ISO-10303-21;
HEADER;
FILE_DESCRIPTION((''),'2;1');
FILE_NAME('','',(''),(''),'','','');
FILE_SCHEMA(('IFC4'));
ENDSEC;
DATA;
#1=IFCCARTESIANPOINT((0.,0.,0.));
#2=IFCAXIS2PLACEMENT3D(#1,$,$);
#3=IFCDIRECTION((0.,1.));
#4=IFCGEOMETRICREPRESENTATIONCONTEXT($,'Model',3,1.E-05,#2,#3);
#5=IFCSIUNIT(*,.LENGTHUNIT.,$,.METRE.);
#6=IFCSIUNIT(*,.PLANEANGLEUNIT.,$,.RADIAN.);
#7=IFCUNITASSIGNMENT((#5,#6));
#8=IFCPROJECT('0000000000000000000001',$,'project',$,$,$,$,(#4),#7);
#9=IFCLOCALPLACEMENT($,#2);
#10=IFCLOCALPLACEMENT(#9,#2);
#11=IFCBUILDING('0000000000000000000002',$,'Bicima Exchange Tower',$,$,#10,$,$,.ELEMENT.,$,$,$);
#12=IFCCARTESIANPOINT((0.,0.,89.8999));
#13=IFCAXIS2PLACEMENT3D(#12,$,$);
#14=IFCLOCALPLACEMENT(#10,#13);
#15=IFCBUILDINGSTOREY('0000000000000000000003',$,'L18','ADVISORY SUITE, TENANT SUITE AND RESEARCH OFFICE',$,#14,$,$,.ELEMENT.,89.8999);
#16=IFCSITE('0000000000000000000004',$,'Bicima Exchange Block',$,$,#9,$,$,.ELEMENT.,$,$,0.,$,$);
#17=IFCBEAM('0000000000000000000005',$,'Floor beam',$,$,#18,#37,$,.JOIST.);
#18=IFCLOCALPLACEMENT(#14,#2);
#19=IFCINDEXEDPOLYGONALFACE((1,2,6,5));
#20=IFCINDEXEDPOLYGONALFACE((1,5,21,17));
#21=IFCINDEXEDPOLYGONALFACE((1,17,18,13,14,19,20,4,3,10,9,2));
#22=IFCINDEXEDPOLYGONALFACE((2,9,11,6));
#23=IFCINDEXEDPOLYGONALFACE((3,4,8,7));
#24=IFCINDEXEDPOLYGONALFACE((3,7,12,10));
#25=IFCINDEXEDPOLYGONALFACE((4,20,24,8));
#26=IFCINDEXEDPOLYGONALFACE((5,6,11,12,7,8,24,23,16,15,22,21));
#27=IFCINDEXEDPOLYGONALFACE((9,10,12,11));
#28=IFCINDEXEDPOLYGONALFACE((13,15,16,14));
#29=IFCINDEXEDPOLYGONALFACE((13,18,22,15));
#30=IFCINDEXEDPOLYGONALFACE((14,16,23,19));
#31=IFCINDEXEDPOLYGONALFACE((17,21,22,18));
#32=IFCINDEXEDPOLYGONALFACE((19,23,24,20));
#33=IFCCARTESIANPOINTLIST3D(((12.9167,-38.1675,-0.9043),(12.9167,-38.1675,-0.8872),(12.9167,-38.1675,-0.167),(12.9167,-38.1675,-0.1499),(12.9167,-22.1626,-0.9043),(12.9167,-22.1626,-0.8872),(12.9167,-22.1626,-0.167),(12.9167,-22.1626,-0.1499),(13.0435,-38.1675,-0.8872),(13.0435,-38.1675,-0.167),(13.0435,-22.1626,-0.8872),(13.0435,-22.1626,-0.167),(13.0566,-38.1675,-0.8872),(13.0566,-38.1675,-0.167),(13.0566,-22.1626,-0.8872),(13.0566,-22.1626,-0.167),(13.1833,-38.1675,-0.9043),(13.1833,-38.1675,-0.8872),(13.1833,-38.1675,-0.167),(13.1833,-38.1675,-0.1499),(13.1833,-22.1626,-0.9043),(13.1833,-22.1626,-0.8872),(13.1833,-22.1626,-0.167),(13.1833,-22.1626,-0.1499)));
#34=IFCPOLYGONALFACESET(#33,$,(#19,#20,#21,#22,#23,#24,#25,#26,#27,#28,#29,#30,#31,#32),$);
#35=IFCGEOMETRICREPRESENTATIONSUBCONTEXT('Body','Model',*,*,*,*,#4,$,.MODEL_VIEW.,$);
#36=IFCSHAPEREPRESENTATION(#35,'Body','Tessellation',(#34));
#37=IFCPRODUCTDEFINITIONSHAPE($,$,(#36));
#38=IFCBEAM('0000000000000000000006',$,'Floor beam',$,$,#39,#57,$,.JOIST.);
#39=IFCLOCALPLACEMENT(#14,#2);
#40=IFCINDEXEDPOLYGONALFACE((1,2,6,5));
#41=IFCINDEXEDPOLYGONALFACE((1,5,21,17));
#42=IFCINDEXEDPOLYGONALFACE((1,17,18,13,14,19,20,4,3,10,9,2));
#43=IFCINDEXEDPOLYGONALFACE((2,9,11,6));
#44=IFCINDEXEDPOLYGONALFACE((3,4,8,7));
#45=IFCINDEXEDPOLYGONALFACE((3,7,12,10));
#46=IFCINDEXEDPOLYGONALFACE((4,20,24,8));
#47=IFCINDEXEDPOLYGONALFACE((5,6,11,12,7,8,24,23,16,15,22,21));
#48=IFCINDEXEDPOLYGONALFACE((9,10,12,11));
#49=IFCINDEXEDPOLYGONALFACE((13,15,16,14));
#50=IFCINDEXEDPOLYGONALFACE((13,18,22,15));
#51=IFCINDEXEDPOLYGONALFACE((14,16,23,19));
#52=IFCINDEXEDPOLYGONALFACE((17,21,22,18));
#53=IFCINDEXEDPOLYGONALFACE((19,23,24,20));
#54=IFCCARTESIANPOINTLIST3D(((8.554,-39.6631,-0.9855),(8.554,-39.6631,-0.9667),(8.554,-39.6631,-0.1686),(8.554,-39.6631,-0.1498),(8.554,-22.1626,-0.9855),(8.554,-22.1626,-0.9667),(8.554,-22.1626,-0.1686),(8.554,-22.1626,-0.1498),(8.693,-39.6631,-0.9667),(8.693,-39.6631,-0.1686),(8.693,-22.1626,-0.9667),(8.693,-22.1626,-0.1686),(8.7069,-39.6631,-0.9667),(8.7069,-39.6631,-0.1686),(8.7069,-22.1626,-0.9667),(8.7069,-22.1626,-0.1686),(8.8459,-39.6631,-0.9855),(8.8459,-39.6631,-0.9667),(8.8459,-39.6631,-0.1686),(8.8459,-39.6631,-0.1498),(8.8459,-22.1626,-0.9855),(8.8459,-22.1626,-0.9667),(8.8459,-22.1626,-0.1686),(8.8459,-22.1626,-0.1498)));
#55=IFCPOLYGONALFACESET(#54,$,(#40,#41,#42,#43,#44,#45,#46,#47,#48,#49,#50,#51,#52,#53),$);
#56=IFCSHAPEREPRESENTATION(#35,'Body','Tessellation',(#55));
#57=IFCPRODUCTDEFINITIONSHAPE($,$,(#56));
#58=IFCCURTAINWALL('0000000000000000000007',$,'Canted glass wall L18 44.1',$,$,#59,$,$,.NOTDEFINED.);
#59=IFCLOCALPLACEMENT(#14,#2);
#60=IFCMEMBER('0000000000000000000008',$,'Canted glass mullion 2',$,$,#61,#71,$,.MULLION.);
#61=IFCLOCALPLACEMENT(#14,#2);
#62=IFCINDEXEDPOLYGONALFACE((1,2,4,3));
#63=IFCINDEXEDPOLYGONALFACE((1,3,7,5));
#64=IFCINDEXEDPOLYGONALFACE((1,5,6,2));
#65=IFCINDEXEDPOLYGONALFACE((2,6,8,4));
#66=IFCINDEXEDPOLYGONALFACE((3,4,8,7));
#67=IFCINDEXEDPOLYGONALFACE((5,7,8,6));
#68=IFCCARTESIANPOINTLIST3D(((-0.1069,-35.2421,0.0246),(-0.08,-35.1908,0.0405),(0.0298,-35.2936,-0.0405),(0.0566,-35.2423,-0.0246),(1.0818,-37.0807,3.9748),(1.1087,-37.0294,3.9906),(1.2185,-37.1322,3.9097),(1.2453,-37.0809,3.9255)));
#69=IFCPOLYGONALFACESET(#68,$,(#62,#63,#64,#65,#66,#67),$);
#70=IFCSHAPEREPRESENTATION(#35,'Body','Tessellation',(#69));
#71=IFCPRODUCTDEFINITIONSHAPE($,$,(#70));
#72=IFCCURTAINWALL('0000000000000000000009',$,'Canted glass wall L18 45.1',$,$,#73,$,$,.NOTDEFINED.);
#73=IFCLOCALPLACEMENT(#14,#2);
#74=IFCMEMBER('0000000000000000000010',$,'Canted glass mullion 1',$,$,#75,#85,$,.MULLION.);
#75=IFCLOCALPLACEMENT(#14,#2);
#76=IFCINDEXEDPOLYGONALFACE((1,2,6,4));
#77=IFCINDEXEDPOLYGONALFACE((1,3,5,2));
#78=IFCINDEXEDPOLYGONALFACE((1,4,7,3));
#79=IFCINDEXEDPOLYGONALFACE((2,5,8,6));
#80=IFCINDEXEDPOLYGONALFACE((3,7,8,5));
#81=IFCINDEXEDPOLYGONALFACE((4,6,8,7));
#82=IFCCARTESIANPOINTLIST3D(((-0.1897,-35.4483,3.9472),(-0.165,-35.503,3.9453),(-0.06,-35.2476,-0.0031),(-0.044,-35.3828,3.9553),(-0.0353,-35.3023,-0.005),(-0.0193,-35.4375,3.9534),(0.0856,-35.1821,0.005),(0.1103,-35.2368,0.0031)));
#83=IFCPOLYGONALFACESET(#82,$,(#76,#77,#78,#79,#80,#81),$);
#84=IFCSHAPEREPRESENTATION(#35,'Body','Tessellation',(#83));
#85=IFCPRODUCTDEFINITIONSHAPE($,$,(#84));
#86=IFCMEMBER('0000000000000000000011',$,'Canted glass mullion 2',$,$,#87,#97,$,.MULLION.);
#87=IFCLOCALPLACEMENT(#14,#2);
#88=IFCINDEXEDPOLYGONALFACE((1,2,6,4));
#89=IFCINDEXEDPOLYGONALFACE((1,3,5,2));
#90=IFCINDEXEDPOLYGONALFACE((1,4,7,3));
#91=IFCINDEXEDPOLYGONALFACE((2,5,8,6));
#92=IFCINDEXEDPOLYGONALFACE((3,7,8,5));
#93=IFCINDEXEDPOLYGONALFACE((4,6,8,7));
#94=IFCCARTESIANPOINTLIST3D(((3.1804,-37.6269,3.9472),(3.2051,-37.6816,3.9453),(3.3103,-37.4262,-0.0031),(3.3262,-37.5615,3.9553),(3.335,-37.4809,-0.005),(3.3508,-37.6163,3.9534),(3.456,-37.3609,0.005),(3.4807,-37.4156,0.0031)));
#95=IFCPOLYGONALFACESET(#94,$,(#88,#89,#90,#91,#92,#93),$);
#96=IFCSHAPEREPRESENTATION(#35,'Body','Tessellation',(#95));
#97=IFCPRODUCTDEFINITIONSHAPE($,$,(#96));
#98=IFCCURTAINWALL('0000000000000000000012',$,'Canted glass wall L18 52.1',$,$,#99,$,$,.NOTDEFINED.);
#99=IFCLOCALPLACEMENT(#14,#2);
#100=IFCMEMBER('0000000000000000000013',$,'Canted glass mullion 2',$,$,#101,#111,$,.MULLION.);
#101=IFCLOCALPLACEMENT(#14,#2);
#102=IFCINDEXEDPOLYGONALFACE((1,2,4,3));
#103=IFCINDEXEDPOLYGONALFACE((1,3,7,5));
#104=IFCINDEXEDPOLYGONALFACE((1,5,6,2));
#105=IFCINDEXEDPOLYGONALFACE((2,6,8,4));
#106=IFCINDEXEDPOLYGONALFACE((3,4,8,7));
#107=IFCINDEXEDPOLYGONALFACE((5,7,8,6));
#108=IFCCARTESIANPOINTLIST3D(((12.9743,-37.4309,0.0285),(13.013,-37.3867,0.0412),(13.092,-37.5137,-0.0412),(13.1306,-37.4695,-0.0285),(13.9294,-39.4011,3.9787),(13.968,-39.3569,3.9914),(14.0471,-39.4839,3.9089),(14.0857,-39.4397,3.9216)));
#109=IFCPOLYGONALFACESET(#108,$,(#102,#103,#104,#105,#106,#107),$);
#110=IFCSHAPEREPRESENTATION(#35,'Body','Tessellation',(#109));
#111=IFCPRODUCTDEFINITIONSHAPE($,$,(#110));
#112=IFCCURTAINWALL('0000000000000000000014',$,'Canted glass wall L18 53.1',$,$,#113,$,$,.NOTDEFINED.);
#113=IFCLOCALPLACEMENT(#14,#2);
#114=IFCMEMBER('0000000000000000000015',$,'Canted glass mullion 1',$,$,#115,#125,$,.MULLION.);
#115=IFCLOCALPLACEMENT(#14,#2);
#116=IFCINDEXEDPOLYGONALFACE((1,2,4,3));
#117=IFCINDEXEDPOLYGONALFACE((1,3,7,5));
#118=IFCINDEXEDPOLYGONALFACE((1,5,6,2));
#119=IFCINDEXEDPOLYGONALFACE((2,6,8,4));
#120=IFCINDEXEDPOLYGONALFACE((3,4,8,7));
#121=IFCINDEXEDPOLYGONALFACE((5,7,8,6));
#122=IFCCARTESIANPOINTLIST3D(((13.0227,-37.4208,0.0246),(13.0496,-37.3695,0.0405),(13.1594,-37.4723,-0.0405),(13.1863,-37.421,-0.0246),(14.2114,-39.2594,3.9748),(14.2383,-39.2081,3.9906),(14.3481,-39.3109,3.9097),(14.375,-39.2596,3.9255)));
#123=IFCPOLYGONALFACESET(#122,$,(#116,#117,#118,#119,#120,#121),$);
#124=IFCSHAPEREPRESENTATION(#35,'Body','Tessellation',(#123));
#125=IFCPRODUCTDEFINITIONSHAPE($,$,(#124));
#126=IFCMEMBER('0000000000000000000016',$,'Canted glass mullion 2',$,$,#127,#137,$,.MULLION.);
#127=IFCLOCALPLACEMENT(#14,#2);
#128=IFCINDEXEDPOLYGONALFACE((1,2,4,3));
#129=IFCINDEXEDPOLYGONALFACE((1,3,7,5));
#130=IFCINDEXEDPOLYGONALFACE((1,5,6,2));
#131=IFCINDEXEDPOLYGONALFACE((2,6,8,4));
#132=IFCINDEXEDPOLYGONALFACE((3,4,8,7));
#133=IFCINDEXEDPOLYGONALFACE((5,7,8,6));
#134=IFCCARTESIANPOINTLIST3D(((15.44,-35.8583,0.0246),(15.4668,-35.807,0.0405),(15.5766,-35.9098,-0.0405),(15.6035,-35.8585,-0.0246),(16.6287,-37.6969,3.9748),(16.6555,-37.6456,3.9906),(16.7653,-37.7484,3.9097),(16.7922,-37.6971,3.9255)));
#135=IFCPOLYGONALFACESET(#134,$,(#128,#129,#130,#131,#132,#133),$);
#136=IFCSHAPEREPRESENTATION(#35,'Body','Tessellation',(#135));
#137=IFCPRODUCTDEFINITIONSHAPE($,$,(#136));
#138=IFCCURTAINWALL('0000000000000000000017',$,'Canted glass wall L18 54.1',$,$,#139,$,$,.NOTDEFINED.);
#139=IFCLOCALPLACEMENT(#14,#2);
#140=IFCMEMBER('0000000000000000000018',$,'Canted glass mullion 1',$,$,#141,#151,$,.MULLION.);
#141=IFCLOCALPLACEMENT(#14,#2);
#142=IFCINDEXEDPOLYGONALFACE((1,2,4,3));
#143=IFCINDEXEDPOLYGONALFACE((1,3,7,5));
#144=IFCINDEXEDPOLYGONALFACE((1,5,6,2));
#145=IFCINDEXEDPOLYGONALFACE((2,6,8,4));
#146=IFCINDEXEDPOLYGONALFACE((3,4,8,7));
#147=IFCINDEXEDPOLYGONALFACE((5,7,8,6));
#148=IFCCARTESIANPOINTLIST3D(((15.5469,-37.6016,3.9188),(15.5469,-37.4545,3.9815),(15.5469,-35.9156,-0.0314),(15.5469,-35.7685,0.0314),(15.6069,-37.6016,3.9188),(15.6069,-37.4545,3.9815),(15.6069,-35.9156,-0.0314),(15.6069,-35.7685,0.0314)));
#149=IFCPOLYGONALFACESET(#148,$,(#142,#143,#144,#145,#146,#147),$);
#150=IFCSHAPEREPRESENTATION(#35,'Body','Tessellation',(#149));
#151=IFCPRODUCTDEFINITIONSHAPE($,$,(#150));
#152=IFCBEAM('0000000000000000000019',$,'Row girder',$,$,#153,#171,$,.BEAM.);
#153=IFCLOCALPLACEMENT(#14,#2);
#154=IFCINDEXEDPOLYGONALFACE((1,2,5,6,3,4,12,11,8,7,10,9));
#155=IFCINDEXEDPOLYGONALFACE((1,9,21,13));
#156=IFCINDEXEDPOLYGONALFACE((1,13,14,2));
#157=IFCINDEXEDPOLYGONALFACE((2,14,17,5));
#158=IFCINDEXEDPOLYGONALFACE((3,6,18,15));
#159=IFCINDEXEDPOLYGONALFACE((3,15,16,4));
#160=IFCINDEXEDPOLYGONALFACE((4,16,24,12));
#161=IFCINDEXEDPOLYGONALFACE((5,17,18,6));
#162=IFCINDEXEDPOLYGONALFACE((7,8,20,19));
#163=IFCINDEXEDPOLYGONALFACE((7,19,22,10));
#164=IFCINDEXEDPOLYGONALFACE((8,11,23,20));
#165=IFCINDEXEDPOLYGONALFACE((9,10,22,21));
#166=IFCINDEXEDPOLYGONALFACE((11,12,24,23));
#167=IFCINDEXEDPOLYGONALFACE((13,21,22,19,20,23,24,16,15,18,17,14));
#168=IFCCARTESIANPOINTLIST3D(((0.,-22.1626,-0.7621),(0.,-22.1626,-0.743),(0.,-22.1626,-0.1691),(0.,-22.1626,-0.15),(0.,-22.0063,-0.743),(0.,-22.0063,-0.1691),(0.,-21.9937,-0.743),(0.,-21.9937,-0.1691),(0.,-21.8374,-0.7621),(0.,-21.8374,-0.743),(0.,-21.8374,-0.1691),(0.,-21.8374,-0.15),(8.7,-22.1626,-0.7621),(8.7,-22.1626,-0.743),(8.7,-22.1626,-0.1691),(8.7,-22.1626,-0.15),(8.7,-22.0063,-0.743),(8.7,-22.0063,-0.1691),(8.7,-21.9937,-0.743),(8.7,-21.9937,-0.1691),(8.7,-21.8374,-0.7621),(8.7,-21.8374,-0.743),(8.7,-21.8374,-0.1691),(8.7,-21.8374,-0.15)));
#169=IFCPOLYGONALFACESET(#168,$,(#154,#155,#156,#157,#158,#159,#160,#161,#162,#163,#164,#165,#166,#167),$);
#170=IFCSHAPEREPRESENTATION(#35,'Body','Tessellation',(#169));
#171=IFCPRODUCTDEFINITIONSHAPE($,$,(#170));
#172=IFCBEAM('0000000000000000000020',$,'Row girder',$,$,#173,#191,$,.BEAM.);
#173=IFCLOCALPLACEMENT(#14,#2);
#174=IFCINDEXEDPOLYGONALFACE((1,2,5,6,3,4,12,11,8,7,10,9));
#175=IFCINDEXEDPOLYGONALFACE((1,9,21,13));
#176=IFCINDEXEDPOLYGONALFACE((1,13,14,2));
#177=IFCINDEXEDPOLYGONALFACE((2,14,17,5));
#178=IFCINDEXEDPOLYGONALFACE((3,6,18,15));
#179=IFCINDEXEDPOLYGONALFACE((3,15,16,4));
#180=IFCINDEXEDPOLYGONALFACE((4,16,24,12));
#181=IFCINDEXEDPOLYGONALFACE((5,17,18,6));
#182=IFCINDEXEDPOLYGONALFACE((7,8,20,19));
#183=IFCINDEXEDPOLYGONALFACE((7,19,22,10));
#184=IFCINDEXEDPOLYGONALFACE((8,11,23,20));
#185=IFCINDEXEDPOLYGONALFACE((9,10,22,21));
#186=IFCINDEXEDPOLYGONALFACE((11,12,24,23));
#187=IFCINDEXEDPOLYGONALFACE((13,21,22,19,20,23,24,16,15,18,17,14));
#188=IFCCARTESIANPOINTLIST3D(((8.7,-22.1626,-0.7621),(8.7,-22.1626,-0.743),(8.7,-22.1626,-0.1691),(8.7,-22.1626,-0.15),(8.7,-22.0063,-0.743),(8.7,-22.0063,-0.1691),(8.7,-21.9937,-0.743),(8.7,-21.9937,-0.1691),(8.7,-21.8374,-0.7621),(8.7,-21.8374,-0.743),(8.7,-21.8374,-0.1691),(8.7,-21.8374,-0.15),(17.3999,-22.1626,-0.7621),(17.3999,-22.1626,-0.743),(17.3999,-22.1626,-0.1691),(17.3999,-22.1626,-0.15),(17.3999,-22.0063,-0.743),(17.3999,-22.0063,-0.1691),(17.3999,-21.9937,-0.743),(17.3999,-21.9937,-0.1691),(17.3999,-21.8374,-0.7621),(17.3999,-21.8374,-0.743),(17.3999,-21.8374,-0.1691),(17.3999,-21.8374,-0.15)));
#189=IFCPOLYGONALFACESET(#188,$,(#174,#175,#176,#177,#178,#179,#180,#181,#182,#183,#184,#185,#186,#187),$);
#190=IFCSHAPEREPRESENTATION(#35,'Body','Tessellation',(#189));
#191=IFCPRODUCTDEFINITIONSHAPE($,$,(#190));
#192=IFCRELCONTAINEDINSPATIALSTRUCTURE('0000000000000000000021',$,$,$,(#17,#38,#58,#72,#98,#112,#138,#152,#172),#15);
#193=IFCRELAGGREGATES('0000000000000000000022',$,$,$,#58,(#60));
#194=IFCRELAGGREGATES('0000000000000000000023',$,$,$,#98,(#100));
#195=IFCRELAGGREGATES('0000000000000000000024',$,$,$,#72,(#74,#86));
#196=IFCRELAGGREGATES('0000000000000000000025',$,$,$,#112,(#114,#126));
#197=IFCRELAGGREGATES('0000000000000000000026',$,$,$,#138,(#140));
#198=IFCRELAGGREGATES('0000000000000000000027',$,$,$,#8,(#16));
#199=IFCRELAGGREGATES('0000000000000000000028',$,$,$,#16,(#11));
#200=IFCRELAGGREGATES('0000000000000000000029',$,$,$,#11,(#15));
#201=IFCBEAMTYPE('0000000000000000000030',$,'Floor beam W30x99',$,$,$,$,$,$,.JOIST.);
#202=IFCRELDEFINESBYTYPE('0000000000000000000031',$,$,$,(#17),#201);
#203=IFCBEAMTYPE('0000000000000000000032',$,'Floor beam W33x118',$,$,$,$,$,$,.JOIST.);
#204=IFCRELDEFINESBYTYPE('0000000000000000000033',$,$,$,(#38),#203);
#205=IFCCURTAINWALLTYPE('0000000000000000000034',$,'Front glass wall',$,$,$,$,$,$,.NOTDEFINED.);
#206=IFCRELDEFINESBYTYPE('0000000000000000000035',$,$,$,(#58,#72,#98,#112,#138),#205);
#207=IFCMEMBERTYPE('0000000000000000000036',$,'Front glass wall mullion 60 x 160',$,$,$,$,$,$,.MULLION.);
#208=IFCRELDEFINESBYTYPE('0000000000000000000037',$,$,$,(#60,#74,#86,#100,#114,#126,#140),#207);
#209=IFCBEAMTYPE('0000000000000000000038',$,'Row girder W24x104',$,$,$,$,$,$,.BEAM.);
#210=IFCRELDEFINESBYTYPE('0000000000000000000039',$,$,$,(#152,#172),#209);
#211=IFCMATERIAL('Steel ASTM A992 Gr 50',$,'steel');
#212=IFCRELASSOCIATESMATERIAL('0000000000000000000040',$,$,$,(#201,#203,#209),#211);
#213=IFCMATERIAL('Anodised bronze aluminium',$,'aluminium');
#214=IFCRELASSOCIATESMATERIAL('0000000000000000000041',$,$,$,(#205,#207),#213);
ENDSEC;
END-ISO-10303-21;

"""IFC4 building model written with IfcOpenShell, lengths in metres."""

from ifc_helpers import new_model, si_unit, direction, frame, origin, origin_2d, place, context, subcontext, project, spatial, rectangle, i_section, extrude, material, material_profile, profile_set, type_object, element, aggregate, save


model = new_model("IFC4")

# Units and contexts
model_context = context("Model", 3, precision=1e-05, world=origin(), true_north=direction((0.0, 1.0)))
body_context = subcontext(model_context, "Body", "Model", "MODEL_VIEW")
ifc_project = project(units=[si_unit("LENGTHUNIT", "METRE"), si_unit("PLANEANGLEUNIT", "RADIAN")], contexts=[model_context])

# Site, building, storey
site_placement = place(None, origin())
site = spatial("IfcSite", under=ifc_project, at=site_placement, Name="Bicima Exchange Block", CompositionType="ELEMENT", RefElevation=0.0)
building_placement = place(site_placement, origin())
building = spatial("IfcBuilding", under=site, at=building_placement, Name="Bicima Exchange Tower", CompositionType="ELEMENT")
storey_placement = place(building_placement, frame((0.0, 0.0, 89.8999)))
storey = spatial("IfcBuildingStorey", under=building, at=storey_placement, Name="L18", Description="ADVISORY SUITE, TENANT SUITE AND RESEARCH OFFICE", CompositionType="ELEMENT", Elevation=89.8999)

# Shared definitions
ifc_material_1 = material(Name="Steel ASTM A992 Gr 50", Category="steel")

# Beams
ifc_material_profile_1 = material_profile(ifc_material_1, i_section(OverallWidth=0.2666, OverallDepth=0.7544, WebThickness=0.0132, FlangeThickness=0.0171, at=origin_2d()))
ifc_profile_set_1 = profile_set([ifc_material_profile_1], Name="Steel ASTM A992 Gr 50")
beam_type_1 = type_object("IfcBeamType", Name="Floor beam W30x99", PredefinedType="JOIST", material=ifc_profile_set_1)
for number, where, z_axis, x_axis, name in (
    (1, (13.05, -22.1626, -0.5271), (0.0, -1.0, 0.0), (1.0, 0.0, 0.0), "Floor beam"),
):
    element("IfcBeam", number, at=place(storey_placement, frame(where, z_axis=z_axis, x_axis=x_axis)), inside=storey, type_object=beam_type_1, Name=name, PredefinedType="JOIST", context=body_context, shape_type="SweptSolid", body=[
        extrude(i_section(OverallWidth=0.2666, OverallDepth=0.7544, WebThickness=0.0132, FlangeThickness=0.0171, at=origin_2d()), origin(), (0.0, 0.0, 1.0), 16.0049),
    ])
ifc_material_profile_2 = material_profile(ifc_material_1, i_section(OverallWidth=0.292, OverallDepth=0.8357, WebThickness=0.0139, FlangeThickness=0.0188, at=origin_2d()))
ifc_profile_set_2 = profile_set([ifc_material_profile_2], Name="Steel ASTM A992 Gr 50")
beam_type_2 = type_object("IfcBeamType", Name="Floor beam W33x118", PredefinedType="JOIST", material=ifc_profile_set_2)
beam_1_placement = place(storey_placement, frame((8.7, -22.1626, -0.5676), z_axis=(0.0, -1.0, 0.0), x_axis=(1.0, 0.0, 0.0)))
element("IfcBeam", 2, at=beam_1_placement, inside=storey, type_object=beam_type_2, Name="Floor beam", PredefinedType="JOIST", context=body_context, shape_type="SweptSolid", body=[
    extrude(i_section(OverallWidth=0.292, OverallDepth=0.8357, WebThickness=0.0139, FlangeThickness=0.0188, at=origin_2d()), origin(), (0.0, 0.0, 1.0), 17.5005),
])

# Curtain wall, member
ifc_material_2 = material(Name="Anodised bronze aluminium", Category="aluminium")
curtain_wall_type = type_object("IfcCurtainWallType", Name="Front glass wall", PredefinedType="NOTDEFINED", material=ifc_material_2)
curtain_wall_1_placement = place(storey_placement, origin())
curtain_wall_1 = element("IfcCurtainWall", 3, at=curtain_wall_1_placement, inside=storey, type_object=curtain_wall_type, Name="Canted glass wall L18 44.1", PredefinedType="NOTDEFINED")
ifc_material_profile_3 = material_profile(ifc_material_2, rectangle(XDim=0.1599, YDim=0.0601, at=origin_2d()))
ifc_profile_set_3 = profile_set([ifc_material_profile_3], Name="Anodised bronze aluminium")
member_type = type_object("IfcMemberType", Name="Front glass wall mullion 60 x 160", PredefinedType="MULLION", material=ifc_profile_set_3)
member_1_placement = place(storey_placement, frame((-0.0251, -35.2422, 0.0), z_axis=(0.263202, -0.407102, 0.874639), x_axis=(-0.854711, 0.322069, 0.407113)))
member_1 = element("IfcMember", 4, at=member_1_placement, type_object=member_type, Name="Canted glass mullion 2", PredefinedType="MULLION", context=body_context, shape_type="SweptSolid", body=[
    extrude(rectangle(XDim=0.1599, YDim=0.0601, at=origin_2d()), origin(), (0.0, 0.0, 1.0), 4.5164),
])
aggregate(curtain_wall_1, [member_1])

# Curtain wall, members
curtain_wall_2_placement = place(storey_placement, origin())
curtain_wall_2 = element("IfcCurtainWall", 5, at=curtain_wall_2_placement, inside=storey, type_object=curtain_wall_type, Name="Canted glass wall L18 45.1", PredefinedType="NOTDEFINED")
member_2_placement = place(storey_placement, frame((0.0251, -35.2422, 0.0), z_axis=(-0.032758, -0.050711, 0.998176), x_axis=(0.910882, 0.409541, 0.0507)))
member_2 = element("IfcMember", 6, at=member_2_placement, type_object=member_type, Name="Canted glass mullion 1", PredefinedType="MULLION", context=body_context, shape_type="SweptSolid", body=[
    extrude(rectangle(XDim=0.1599, YDim=0.0601, at=origin_2d()), origin(), (0.0, 0.0, 1.0), 3.9575),
])
member_3_placement = place(storey_placement, frame((3.3955, -37.4209, 0.0), z_axis=(-0.03282, -0.050711, 0.998174), x_axis=(0.911232, 0.408758, 0.050728)))
member_3 = element("IfcMember", 7, at=member_3_placement, type_object=member_type, Name="Canted glass mullion 2", PredefinedType="MULLION", context=body_context, shape_type="SweptSolid", body=[
    extrude(rectangle(XDim=0.1599, YDim=0.0601, at=origin_2d()), origin(), (0.0, 0.0, 1.0), 3.9575),
])

# Curtain wall, member
curtain_wall_3_placement = place(storey_placement, origin())
curtain_wall_3 = element("IfcCurtainWall", 8, at=curtain_wall_3_placement, inside=storey, type_object=curtain_wall_type, Name="Canted glass wall L18 52.1", PredefinedType="NOTDEFINED")
member_4_placement = place(storey_placement, frame((13.0525, -37.4502, 0.0), z_axis=(0.211468, -0.436235, 0.874632), x_axis=(-0.735863, 0.517894, 0.436224)))
member_4 = element("IfcMember", 9, at=member_4_placement, type_object=member_type, Name="Canted glass mullion 2", PredefinedType="MULLION", context=body_context, shape_type="SweptSolid", body=[
    extrude(rectangle(XDim=0.1599, YDim=0.0601, at=origin_2d()), origin(), (0.0, 0.0, 1.0), 4.5164),
])
aggregate(curtain_wall_3, [member_4])

# Curtain wall, members
curtain_wall_4_placement = place(storey_placement, origin())
curtain_wall_4 = element("IfcCurtainWall", 10, at=curtain_wall_4_placement, inside=storey, type_object=curtain_wall_type, Name="Canted glass wall L18 53.1", PredefinedType="NOTDEFINED")
member_5_placement = place(storey_placement, frame((13.1045, -37.4209, 0.0), z_axis=(0.263202, -0.407102, 0.874639), x_axis=(-0.85471, 0.32207, 0.407113)))
member_5 = element("IfcMember", 11, at=member_5_placement, type_object=member_type, Name="Canted glass mullion 1", PredefinedType="MULLION", context=body_context, shape_type="SweptSolid", body=[
    extrude(rectangle(XDim=0.1599, YDim=0.0601, at=origin_2d()), origin(), (0.0, 0.0, 1.0), 4.5164),
])
member_6_placement = place(storey_placement, frame((15.5217, -35.8584, 0.0), z_axis=(0.263202, -0.407102, 0.874639), x_axis=(-0.85471, 0.32207, 0.407113)))
member_6 = element("IfcMember", 12, at=member_6_placement, type_object=member_type, Name="Canted glass mullion 2", PredefinedType="MULLION", context=body_context, shape_type="SweptSolid", body=[
    extrude(rectangle(XDim=0.1599, YDim=0.0601, at=origin_2d()), origin(), (0.0, 0.0, 1.0), 4.5164),
])

# Curtain wall, member
curtain_wall_5_placement = place(storey_placement, origin())
curtain_wall_5 = element("IfcCurtainWall", 13, at=curtain_wall_5_placement, inside=storey, type_object=curtain_wall_type, Name="Canted glass wall L18 54.1", PredefinedType="NOTDEFINED")
member_7_placement = place(storey_placement, frame((15.5769, -35.842, 0.0), z_axis=(0.0, -0.392561, 0.919726), x_axis=(0.0, 0.919726, 0.392561)))
member_7 = element("IfcMember", 14, at=member_7_placement, type_object=member_type, Name="Canted glass mullion 1", PredefinedType="MULLION", context=body_context, shape_type="SweptSolid", body=[
    extrude(rectangle(XDim=0.1599, YDim=0.0601, at=origin_2d()), origin(), (0.0, 0.0, 1.0), 4.2949),
])

# Beams
ifc_material_profile_4 = material_profile(ifc_material_1, i_section(OverallWidth=0.3252, OverallDepth=0.6121, WebThickness=0.0127, FlangeThickness=0.019, at=origin_2d()))
ifc_profile_set_4 = profile_set([ifc_material_profile_4], Name="Steel ASTM A992 Gr 50")
beam_type_3 = type_object("IfcBeamType", Name="Row girder W24x104", PredefinedType="BEAM", material=ifc_profile_set_4)
for number, where, z_axis, x_axis, name in (
    (15, (0.0, -22.0, -0.4561), (1.0, 0.0, 0.0), (0.0, 1.0, 0.0), "Row girder"),
    (16, (8.7, -22.0, -0.4561), (1.0, 0.0, 0.0), (0.0, 1.0, 0.0), "Row girder"),
):
    element("IfcBeam", number, at=place(storey_placement, frame(where, z_axis=z_axis, x_axis=x_axis)), inside=storey, type_object=beam_type_3, Name=name, PredefinedType="BEAM", context=body_context, shape_type="SweptSolid", body=[
        extrude(i_section(OverallWidth=0.3252, OverallDepth=0.6121, WebThickness=0.0127, FlangeThickness=0.019, at=origin_2d()), origin(), (0.0, 0.0, 1.0), 8.7),
    ])

aggregate(curtain_wall_2, [member_2, member_3])
aggregate(curtain_wall_4, [member_5, member_6])
aggregate(curtain_wall_5, [member_7])

save(model, "model.ifc")
